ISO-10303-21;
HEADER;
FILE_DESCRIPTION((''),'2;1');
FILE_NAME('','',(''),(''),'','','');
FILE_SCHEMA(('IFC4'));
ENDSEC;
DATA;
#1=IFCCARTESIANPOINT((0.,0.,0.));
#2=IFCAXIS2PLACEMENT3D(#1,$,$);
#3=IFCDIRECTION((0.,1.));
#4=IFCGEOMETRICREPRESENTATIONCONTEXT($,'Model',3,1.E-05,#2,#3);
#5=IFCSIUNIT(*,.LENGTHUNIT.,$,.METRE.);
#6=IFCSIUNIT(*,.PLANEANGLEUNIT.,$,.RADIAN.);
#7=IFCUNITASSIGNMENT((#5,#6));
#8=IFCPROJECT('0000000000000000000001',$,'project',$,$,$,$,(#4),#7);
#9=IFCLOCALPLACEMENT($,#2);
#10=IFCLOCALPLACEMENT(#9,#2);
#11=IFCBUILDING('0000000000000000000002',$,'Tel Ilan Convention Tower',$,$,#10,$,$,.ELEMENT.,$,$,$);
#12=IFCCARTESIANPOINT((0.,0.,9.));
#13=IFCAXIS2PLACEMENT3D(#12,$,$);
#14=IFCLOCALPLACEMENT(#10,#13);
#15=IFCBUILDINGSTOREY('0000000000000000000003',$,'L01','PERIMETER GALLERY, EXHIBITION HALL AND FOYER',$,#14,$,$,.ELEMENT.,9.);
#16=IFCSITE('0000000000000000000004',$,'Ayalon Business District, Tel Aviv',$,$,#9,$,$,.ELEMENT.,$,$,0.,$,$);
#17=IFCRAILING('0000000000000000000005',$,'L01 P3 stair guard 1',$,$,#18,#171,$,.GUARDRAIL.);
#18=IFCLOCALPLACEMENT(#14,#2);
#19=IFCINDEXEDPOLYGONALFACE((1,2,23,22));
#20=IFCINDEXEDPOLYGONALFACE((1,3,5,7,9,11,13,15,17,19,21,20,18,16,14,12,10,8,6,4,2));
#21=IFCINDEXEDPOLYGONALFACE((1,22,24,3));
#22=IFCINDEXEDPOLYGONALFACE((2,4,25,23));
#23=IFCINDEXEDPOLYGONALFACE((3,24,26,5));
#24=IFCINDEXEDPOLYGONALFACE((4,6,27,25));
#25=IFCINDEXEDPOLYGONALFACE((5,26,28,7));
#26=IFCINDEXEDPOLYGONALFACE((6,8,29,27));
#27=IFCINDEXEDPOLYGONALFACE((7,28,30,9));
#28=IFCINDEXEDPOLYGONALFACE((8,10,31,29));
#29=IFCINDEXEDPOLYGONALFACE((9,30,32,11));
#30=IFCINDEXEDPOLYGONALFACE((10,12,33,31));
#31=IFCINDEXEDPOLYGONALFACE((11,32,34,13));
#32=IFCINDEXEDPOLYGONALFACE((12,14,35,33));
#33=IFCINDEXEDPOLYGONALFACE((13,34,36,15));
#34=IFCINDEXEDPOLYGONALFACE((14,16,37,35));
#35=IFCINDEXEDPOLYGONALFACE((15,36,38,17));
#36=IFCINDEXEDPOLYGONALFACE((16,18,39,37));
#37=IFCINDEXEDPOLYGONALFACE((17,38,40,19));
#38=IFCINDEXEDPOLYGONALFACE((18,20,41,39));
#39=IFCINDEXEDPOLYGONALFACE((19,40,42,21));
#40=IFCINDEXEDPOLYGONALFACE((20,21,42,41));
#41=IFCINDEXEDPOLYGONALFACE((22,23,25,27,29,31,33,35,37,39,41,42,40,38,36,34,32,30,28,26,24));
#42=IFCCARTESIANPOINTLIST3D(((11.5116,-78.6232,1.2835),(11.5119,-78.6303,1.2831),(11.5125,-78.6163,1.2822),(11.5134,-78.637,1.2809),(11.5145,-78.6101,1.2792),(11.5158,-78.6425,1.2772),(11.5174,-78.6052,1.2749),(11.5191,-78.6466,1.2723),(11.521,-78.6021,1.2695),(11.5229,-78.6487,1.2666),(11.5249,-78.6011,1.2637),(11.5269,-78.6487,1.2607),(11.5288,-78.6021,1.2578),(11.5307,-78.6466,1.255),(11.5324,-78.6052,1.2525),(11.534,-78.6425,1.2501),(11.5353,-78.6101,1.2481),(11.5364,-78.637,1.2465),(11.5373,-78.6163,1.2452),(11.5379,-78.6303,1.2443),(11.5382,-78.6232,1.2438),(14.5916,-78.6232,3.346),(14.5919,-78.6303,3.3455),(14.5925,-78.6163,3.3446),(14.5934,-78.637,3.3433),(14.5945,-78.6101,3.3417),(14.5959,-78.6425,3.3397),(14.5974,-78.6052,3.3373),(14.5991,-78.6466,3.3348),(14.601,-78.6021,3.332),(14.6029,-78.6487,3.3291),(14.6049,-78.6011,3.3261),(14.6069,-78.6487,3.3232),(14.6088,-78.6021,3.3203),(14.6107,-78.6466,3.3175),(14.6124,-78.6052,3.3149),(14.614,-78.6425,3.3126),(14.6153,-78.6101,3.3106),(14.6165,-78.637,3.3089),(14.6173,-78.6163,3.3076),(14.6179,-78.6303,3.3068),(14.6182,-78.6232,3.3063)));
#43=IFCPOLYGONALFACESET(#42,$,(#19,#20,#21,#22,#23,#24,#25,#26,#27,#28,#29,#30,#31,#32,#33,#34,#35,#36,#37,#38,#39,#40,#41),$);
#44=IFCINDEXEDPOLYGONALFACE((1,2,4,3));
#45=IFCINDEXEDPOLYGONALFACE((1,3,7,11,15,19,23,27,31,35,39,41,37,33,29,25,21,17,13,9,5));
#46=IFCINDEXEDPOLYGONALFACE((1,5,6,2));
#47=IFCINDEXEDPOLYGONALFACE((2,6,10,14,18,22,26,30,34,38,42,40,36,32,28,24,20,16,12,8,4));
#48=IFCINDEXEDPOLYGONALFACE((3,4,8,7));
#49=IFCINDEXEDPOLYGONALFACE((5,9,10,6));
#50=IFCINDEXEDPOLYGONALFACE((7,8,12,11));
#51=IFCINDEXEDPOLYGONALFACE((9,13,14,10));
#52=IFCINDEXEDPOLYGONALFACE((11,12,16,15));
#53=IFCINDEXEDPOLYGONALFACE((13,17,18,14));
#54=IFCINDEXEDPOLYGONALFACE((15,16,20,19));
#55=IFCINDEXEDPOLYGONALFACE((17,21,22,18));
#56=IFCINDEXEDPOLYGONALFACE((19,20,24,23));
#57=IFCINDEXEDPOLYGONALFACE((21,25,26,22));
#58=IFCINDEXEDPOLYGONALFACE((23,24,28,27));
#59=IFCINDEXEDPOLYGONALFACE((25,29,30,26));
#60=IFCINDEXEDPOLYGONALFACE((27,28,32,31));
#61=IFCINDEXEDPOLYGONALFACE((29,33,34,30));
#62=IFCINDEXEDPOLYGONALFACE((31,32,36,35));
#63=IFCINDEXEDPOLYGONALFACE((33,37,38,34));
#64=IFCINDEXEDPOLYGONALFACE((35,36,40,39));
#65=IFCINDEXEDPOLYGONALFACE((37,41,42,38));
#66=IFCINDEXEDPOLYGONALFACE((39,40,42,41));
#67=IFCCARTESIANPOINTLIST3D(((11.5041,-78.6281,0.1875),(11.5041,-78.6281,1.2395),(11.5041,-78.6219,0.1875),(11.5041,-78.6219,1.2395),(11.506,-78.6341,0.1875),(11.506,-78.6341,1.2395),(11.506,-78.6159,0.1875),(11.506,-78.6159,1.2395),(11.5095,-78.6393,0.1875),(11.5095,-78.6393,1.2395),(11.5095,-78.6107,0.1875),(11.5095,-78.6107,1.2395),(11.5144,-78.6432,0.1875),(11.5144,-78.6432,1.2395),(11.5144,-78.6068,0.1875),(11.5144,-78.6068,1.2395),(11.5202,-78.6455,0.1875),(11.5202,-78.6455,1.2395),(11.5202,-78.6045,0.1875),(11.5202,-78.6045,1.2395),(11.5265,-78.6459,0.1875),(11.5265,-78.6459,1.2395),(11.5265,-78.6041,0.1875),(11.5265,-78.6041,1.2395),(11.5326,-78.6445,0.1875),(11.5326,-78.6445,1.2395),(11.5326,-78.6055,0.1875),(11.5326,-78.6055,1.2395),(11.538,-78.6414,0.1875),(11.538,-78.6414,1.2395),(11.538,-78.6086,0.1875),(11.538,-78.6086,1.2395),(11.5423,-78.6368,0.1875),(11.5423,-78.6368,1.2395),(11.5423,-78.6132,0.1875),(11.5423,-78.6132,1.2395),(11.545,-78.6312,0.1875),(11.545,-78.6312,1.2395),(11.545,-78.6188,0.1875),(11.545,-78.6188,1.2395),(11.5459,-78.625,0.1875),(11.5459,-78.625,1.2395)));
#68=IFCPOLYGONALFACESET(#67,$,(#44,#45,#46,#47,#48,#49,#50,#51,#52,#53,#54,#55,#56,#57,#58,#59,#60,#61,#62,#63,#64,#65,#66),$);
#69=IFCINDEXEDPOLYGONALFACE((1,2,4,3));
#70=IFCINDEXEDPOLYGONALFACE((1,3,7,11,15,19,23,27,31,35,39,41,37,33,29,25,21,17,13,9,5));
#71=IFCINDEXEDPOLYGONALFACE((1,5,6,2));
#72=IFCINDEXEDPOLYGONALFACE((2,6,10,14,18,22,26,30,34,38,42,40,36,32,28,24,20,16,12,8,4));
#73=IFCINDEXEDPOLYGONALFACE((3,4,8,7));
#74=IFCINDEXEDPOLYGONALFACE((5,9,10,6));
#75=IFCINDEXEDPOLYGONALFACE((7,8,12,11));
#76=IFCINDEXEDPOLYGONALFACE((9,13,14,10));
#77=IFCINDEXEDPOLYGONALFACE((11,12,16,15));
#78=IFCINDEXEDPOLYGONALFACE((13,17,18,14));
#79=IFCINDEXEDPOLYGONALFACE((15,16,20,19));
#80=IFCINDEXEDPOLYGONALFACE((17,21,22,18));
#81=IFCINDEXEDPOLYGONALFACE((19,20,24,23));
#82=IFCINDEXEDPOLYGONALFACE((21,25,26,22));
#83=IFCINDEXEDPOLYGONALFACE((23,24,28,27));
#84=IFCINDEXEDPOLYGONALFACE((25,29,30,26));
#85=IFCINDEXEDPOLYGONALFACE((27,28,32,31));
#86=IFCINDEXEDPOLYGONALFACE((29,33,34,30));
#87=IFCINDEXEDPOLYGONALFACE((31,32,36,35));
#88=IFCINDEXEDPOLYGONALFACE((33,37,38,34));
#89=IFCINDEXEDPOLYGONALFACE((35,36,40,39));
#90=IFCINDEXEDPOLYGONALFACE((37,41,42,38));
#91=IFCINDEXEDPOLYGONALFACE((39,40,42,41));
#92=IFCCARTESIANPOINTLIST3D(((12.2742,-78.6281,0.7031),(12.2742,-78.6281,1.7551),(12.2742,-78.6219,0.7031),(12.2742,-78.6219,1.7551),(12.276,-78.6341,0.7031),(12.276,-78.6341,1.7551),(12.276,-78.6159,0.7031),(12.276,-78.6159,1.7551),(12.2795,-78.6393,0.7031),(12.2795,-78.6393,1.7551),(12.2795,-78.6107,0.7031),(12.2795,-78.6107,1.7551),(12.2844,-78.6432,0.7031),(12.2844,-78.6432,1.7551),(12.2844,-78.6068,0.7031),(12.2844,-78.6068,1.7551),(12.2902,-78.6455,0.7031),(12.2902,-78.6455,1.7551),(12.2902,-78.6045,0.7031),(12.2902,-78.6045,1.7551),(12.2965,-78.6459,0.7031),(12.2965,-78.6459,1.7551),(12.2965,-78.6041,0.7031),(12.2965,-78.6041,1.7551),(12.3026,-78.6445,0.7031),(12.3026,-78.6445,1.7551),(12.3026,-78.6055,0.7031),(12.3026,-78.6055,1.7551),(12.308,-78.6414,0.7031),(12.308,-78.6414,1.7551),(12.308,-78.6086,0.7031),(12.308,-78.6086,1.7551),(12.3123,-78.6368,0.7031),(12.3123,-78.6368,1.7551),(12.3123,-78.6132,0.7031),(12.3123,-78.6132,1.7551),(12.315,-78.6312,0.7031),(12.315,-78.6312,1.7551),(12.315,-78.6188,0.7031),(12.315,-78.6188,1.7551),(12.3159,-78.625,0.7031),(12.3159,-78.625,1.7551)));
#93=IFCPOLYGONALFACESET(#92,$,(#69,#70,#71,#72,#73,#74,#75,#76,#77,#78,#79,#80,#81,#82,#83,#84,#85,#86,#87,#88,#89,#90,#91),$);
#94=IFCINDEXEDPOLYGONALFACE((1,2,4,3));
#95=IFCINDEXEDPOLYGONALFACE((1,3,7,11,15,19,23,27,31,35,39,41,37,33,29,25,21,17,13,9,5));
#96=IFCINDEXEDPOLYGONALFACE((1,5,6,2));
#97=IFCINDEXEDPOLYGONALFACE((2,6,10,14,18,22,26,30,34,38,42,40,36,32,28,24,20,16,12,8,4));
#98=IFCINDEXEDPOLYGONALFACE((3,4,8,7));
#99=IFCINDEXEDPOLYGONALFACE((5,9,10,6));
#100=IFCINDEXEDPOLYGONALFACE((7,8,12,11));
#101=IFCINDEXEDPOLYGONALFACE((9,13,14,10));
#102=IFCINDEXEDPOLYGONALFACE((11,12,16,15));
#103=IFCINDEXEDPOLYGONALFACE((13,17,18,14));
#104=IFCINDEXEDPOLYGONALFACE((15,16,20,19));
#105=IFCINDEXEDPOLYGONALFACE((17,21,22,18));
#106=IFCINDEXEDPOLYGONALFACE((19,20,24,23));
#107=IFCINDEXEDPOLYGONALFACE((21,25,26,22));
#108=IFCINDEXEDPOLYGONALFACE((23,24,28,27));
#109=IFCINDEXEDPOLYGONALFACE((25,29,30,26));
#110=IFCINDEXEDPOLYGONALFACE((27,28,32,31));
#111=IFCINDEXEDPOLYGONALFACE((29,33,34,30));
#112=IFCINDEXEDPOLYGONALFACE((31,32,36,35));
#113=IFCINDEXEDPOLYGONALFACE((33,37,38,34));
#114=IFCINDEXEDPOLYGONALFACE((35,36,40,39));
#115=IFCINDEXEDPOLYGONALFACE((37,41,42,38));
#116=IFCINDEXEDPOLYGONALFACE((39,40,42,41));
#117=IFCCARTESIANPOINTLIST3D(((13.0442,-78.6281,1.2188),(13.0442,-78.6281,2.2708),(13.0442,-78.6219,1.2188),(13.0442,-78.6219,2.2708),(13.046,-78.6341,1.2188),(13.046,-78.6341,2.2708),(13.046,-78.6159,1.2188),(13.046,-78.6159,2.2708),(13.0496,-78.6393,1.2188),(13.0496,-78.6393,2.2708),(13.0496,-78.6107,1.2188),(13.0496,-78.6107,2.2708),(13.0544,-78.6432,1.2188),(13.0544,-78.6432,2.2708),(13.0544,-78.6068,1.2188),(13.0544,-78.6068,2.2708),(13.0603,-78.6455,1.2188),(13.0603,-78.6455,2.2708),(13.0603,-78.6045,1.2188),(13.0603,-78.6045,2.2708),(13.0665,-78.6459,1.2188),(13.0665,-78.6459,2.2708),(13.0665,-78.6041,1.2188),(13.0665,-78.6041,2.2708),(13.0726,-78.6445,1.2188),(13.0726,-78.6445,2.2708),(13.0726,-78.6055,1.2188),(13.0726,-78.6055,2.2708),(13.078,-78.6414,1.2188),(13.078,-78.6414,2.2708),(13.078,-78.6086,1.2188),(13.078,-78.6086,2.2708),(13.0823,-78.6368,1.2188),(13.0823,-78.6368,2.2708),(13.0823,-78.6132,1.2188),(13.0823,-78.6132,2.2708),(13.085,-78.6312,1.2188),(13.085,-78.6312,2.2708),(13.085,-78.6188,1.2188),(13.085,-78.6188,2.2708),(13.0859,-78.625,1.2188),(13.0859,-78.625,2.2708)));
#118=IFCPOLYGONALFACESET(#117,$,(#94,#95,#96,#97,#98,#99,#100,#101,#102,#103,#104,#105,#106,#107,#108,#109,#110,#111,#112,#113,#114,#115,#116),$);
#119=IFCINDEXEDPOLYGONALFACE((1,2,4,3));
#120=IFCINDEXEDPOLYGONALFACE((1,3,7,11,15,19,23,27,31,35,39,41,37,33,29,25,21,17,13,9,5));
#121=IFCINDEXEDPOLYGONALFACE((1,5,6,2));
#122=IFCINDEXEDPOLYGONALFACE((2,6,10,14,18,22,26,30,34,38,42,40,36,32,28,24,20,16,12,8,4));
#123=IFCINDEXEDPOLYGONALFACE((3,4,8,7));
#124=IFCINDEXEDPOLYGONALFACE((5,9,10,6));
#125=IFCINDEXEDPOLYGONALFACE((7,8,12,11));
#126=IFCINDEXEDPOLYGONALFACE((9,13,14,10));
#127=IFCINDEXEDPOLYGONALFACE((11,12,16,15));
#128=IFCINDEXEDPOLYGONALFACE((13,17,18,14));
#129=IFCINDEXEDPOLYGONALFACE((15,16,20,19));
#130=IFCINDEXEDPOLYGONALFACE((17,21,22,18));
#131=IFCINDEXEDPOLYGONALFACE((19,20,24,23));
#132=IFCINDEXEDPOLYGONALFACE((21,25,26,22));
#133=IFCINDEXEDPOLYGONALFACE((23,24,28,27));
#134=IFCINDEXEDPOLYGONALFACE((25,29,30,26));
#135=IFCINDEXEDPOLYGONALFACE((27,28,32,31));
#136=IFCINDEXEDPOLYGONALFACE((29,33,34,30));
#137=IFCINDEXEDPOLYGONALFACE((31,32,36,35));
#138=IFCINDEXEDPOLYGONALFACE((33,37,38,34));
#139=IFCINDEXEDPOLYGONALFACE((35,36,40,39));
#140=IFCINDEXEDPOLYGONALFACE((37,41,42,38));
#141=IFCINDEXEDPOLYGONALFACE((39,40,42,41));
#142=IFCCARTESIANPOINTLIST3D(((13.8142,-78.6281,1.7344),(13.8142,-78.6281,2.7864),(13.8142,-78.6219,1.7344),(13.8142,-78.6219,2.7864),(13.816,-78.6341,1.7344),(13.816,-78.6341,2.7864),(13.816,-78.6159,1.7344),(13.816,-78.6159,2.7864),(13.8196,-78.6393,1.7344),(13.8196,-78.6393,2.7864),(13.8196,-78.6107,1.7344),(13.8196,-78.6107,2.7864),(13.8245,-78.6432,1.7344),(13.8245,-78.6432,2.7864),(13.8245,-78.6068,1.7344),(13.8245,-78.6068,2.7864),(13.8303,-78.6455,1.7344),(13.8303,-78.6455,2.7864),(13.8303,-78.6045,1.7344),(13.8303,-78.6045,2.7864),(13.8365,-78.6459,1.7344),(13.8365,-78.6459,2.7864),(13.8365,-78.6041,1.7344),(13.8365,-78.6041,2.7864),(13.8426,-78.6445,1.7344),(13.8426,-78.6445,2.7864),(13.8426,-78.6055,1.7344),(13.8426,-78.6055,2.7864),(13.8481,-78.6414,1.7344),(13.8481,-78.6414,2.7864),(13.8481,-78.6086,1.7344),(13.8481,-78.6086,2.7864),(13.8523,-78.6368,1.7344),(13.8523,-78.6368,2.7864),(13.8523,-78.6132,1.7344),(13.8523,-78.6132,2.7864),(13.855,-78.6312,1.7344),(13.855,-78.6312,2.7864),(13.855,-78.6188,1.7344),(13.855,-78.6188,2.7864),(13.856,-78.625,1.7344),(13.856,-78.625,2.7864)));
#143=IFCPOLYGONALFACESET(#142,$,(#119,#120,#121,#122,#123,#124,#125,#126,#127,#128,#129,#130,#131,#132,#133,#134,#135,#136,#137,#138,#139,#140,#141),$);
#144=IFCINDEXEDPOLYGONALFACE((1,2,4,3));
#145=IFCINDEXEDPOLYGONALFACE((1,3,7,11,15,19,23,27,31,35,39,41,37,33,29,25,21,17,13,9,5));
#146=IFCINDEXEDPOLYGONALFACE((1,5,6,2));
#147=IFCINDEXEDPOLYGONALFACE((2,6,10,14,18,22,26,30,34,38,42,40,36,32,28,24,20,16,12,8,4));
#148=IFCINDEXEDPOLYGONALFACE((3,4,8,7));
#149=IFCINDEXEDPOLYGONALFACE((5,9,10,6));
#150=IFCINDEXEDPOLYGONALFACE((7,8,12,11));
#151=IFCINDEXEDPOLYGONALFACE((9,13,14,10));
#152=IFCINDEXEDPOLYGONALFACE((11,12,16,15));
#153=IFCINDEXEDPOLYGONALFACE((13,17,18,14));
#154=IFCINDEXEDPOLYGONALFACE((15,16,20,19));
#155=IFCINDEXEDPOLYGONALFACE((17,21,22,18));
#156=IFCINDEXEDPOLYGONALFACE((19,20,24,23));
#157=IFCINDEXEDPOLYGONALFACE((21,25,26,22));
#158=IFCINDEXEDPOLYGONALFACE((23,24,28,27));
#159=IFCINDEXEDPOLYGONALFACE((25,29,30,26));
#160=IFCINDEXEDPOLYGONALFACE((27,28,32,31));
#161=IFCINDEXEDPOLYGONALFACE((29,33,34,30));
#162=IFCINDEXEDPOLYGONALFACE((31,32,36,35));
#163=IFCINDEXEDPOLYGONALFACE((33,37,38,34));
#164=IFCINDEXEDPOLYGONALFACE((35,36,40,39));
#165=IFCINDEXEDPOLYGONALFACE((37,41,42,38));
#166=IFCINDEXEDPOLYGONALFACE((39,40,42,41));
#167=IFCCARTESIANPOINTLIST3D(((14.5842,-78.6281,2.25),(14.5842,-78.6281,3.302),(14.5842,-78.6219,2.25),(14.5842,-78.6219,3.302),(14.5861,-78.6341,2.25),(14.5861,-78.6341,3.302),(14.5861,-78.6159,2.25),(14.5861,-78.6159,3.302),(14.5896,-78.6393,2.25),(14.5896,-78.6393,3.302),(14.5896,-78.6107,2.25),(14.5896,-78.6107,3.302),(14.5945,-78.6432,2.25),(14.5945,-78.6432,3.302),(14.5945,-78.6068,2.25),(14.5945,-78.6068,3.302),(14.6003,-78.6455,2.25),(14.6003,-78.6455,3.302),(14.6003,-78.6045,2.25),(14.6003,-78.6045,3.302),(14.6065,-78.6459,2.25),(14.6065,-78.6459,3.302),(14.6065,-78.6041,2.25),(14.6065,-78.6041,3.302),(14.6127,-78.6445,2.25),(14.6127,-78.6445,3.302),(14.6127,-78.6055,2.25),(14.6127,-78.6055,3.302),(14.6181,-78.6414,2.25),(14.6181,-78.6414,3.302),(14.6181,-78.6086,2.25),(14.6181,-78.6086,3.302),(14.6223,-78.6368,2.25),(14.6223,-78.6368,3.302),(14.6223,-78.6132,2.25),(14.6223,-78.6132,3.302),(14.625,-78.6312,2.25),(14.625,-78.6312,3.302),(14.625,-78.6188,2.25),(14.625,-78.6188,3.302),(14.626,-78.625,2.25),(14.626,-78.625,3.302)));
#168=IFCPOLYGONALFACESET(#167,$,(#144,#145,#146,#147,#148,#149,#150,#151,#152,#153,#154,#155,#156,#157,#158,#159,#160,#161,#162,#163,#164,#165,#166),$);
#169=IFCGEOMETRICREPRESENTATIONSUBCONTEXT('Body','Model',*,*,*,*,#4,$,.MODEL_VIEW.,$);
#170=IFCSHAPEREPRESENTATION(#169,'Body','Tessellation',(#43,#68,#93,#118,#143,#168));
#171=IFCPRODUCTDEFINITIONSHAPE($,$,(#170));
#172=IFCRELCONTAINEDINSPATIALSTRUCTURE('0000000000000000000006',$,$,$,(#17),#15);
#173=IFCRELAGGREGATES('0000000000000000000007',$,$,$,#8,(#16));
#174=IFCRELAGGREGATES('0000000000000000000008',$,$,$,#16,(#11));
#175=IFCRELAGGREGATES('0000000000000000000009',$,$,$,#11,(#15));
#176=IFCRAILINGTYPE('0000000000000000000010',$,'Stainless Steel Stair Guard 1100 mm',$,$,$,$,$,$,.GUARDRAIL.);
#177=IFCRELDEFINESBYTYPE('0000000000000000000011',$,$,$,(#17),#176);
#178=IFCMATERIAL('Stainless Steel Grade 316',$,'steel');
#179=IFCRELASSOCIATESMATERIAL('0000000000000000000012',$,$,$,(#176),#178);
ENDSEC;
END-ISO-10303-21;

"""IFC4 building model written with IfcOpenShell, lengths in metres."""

from ifc_helpers import new_model, si_unit, direction, frame, origin, origin_2d, place, context, subcontext, project, spatial, circle, extrude, material, type_object, element, save


model = new_model("IFC4")

# Units and contexts
model_context = context("Model", 3, precision=1e-05, world=origin(), true_north=direction((0.0, 1.0)))
body_context = subcontext(model_context, "Body", "Model", "MODEL_VIEW")
ifc_project = project(units=[si_unit("LENGTHUNIT", "METRE"), si_unit("PLANEANGLEUNIT", "RADIAN")], contexts=[model_context])

# Site, building, storey
site_placement = place(None, origin())
site = spatial("IfcSite", under=ifc_project, at=site_placement, Name="Ayalon Business District, Tel Aviv", CompositionType="ELEMENT", RefElevation=0.0)
building_placement = place(site_placement, origin())
building = spatial("IfcBuilding", under=site, at=building_placement, Name="Tel Ilan Convention Tower", CompositionType="ELEMENT")
storey_placement = place(building_placement, frame((0.0, 0.0, 9.0)))
storey = spatial("IfcBuildingStorey", under=building, at=storey_placement, Name="L01", Description="PERIMETER GALLERY, EXHIBITION HALL AND FOYER", CompositionType="ELEMENT", Elevation=9.0)

# Railing
ifc_material_1 = material(Name="Stainless Steel Grade 316", Category="steel")
railing_type_1 = type_object("IfcRailingType", Name="Stainless Steel Stair Guard 1100 mm", PredefinedType="GUARDRAIL", material=ifc_material_1)
railing_1_placement = place(storey_placement, frame((11.5249, -78.625, 0.1875)))
element("IfcRailing", 1, at=railing_1_placement, inside=storey, type_object=railing_type_1, Name="L01 P3 stair guard 1", PredefinedType="GUARDRAIL", context=body_context, shape_type="SweptSolid", body=[
    extrude(circle(Radius=0.0239, at=origin_2d()), frame((0.0, 0.0, 1.0762), z_axis=(0.830914, 0.0, 0.556401), x_axis=(0.0, 1.0, 0.0)), (0.0, 0.0, 1.0), 3.7068),
    extrude(circle(Radius=0.021, at=origin_2d()), origin(), (0.0, 0.0, 1.0), 1.052),
    extrude(circle(Radius=0.021, at=origin_2d()), frame((0.77, 0.0, 0.5156)), (0.0, 0.0, 1.0), 1.052),
    extrude(circle(Radius=0.021, at=origin_2d()), frame((1.54, 0.0, 1.0312)), (0.0, 0.0, 1.0), 1.052),
    extrude(circle(Radius=0.021, at=origin_2d()), frame((2.3101, 0.0, 1.5469)), (0.0, 0.0, 1.0), 1.052),
    extrude(circle(Radius=0.021, at=origin_2d()), frame((3.0801, 0.0, 2.0625)), (0.0, 0.0, 1.0), 1.052),
])

save(model, "model.ifc")
